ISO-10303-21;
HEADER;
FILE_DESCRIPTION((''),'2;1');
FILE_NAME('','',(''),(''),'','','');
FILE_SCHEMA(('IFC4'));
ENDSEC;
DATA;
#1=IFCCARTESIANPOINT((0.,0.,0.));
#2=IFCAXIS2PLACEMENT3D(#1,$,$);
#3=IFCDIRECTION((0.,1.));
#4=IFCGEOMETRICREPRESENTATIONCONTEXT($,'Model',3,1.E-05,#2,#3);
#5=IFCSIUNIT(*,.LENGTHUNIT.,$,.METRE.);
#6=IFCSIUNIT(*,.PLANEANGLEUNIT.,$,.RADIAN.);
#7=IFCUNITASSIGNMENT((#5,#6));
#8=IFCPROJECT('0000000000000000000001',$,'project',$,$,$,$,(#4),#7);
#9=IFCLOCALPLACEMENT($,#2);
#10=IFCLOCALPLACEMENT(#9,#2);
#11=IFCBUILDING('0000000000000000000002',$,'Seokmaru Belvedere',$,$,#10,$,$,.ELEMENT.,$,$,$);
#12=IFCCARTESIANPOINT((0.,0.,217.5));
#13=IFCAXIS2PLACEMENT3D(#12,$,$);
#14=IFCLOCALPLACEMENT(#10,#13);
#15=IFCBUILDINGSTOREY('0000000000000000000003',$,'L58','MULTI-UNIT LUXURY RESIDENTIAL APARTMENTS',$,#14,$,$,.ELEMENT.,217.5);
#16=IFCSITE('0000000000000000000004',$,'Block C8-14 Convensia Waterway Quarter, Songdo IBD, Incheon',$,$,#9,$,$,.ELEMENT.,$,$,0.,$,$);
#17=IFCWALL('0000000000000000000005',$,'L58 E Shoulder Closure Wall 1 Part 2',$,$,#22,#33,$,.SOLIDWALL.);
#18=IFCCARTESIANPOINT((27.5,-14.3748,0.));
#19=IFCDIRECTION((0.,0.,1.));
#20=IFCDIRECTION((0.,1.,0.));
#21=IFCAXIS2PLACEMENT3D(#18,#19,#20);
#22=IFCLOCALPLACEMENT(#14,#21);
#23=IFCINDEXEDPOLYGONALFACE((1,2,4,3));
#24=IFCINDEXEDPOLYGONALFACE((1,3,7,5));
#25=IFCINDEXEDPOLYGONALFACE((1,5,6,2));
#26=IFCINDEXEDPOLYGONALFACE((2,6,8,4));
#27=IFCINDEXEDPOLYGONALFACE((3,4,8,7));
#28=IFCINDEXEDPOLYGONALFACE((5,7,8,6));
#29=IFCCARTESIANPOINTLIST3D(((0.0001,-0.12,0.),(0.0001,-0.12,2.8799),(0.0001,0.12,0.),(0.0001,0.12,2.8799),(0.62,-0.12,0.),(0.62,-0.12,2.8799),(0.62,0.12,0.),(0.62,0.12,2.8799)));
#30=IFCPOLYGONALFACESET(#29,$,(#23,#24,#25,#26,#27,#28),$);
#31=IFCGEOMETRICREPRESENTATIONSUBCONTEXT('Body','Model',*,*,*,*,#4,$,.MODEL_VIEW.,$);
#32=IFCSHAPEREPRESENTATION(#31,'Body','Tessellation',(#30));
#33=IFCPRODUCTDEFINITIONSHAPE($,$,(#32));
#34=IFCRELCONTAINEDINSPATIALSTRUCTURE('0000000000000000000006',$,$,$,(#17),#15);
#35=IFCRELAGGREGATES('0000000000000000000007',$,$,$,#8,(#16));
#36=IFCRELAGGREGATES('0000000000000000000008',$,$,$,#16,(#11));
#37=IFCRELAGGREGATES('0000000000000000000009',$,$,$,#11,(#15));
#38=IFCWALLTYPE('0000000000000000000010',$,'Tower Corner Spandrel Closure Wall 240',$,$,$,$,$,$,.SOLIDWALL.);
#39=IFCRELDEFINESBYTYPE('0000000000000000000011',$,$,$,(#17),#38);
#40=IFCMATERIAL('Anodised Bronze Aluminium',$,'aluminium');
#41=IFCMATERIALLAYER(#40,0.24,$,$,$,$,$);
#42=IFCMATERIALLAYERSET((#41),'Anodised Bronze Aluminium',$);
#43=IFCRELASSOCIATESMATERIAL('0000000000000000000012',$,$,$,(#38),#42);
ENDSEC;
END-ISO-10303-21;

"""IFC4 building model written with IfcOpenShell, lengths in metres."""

from ifc_helpers import new_model, si_unit, direction, frame, frame_2d, origin, place, context, subcontext, project, spatial, rectangle, extrude, material, layer, layer_set, type_object, element, save


model = new_model("IFC4")

# Units and contexts
model_context = context("Model", 3, precision=1e-05, world=origin(), true_north=direction((0.0, 1.0)))
body_context = subcontext(model_context, "Body", "Model", "MODEL_VIEW")
ifc_project = project(units=[si_unit("LENGTHUNIT", "METRE"), si_unit("PLANEANGLEUNIT", "RADIAN")], contexts=[model_context])

# Site, building, storey
site_placement = place(None, origin())
site = spatial("IfcSite", under=ifc_project, at=site_placement, Name="Block C8-14 Convensia Waterway Quarter, Songdo IBD, Incheon", CompositionType="ELEMENT", RefElevation=0.0)
building_placement = place(site_placement, origin())
building = spatial("IfcBuilding", under=site, at=building_placement, Name="Seokmaru Belvedere", CompositionType="ELEMENT")
storey_placement = place(building_placement, frame((0.0, 0.0, 217.5)))
storey = spatial("IfcBuildingStorey", under=building, at=storey_placement, Name="L58", Description="MULTI-UNIT LUXURY RESIDENTIAL APARTMENTS", CompositionType="ELEMENT", Elevation=217.5)

# Shared definitions
ifc_material_1 = material(Name="Anodised Bronze Aluminium", Category="aluminium")

# Wall
ifc_layer_1 = layer(ifc_material_1, 0.24)
ifc_layer_set_1 = layer_set([ifc_layer_1], Name="Anodised Bronze Aluminium")
wall_type_1 = type_object("IfcWallType", Name="Tower Corner Spandrel Closure Wall 240", PredefinedType="SOLIDWALL", material=ifc_layer_set_1)
wall_1_placement = place(storey_placement, frame((27.5, -14.3748, 0.0), z_axis=(0.0, 0.0, 1.0), x_axis=(0.0, 1.0, 0.0)))
element("IfcWall", 1, at=wall_1_placement, inside=storey, type_object=wall_type_1, Name="L58 E Shoulder Closure Wall 1 Part 2", PredefinedType="SOLIDWALL", context=body_context, shape_type="SweptSolid", body=[
    extrude(rectangle(XDim=0.6199, YDim=0.24, at=frame_2d((0.3101, 0.0))), origin(), (0.0, 0.0, 1.0), 2.8799),
])

save(model, "model.ifc")
